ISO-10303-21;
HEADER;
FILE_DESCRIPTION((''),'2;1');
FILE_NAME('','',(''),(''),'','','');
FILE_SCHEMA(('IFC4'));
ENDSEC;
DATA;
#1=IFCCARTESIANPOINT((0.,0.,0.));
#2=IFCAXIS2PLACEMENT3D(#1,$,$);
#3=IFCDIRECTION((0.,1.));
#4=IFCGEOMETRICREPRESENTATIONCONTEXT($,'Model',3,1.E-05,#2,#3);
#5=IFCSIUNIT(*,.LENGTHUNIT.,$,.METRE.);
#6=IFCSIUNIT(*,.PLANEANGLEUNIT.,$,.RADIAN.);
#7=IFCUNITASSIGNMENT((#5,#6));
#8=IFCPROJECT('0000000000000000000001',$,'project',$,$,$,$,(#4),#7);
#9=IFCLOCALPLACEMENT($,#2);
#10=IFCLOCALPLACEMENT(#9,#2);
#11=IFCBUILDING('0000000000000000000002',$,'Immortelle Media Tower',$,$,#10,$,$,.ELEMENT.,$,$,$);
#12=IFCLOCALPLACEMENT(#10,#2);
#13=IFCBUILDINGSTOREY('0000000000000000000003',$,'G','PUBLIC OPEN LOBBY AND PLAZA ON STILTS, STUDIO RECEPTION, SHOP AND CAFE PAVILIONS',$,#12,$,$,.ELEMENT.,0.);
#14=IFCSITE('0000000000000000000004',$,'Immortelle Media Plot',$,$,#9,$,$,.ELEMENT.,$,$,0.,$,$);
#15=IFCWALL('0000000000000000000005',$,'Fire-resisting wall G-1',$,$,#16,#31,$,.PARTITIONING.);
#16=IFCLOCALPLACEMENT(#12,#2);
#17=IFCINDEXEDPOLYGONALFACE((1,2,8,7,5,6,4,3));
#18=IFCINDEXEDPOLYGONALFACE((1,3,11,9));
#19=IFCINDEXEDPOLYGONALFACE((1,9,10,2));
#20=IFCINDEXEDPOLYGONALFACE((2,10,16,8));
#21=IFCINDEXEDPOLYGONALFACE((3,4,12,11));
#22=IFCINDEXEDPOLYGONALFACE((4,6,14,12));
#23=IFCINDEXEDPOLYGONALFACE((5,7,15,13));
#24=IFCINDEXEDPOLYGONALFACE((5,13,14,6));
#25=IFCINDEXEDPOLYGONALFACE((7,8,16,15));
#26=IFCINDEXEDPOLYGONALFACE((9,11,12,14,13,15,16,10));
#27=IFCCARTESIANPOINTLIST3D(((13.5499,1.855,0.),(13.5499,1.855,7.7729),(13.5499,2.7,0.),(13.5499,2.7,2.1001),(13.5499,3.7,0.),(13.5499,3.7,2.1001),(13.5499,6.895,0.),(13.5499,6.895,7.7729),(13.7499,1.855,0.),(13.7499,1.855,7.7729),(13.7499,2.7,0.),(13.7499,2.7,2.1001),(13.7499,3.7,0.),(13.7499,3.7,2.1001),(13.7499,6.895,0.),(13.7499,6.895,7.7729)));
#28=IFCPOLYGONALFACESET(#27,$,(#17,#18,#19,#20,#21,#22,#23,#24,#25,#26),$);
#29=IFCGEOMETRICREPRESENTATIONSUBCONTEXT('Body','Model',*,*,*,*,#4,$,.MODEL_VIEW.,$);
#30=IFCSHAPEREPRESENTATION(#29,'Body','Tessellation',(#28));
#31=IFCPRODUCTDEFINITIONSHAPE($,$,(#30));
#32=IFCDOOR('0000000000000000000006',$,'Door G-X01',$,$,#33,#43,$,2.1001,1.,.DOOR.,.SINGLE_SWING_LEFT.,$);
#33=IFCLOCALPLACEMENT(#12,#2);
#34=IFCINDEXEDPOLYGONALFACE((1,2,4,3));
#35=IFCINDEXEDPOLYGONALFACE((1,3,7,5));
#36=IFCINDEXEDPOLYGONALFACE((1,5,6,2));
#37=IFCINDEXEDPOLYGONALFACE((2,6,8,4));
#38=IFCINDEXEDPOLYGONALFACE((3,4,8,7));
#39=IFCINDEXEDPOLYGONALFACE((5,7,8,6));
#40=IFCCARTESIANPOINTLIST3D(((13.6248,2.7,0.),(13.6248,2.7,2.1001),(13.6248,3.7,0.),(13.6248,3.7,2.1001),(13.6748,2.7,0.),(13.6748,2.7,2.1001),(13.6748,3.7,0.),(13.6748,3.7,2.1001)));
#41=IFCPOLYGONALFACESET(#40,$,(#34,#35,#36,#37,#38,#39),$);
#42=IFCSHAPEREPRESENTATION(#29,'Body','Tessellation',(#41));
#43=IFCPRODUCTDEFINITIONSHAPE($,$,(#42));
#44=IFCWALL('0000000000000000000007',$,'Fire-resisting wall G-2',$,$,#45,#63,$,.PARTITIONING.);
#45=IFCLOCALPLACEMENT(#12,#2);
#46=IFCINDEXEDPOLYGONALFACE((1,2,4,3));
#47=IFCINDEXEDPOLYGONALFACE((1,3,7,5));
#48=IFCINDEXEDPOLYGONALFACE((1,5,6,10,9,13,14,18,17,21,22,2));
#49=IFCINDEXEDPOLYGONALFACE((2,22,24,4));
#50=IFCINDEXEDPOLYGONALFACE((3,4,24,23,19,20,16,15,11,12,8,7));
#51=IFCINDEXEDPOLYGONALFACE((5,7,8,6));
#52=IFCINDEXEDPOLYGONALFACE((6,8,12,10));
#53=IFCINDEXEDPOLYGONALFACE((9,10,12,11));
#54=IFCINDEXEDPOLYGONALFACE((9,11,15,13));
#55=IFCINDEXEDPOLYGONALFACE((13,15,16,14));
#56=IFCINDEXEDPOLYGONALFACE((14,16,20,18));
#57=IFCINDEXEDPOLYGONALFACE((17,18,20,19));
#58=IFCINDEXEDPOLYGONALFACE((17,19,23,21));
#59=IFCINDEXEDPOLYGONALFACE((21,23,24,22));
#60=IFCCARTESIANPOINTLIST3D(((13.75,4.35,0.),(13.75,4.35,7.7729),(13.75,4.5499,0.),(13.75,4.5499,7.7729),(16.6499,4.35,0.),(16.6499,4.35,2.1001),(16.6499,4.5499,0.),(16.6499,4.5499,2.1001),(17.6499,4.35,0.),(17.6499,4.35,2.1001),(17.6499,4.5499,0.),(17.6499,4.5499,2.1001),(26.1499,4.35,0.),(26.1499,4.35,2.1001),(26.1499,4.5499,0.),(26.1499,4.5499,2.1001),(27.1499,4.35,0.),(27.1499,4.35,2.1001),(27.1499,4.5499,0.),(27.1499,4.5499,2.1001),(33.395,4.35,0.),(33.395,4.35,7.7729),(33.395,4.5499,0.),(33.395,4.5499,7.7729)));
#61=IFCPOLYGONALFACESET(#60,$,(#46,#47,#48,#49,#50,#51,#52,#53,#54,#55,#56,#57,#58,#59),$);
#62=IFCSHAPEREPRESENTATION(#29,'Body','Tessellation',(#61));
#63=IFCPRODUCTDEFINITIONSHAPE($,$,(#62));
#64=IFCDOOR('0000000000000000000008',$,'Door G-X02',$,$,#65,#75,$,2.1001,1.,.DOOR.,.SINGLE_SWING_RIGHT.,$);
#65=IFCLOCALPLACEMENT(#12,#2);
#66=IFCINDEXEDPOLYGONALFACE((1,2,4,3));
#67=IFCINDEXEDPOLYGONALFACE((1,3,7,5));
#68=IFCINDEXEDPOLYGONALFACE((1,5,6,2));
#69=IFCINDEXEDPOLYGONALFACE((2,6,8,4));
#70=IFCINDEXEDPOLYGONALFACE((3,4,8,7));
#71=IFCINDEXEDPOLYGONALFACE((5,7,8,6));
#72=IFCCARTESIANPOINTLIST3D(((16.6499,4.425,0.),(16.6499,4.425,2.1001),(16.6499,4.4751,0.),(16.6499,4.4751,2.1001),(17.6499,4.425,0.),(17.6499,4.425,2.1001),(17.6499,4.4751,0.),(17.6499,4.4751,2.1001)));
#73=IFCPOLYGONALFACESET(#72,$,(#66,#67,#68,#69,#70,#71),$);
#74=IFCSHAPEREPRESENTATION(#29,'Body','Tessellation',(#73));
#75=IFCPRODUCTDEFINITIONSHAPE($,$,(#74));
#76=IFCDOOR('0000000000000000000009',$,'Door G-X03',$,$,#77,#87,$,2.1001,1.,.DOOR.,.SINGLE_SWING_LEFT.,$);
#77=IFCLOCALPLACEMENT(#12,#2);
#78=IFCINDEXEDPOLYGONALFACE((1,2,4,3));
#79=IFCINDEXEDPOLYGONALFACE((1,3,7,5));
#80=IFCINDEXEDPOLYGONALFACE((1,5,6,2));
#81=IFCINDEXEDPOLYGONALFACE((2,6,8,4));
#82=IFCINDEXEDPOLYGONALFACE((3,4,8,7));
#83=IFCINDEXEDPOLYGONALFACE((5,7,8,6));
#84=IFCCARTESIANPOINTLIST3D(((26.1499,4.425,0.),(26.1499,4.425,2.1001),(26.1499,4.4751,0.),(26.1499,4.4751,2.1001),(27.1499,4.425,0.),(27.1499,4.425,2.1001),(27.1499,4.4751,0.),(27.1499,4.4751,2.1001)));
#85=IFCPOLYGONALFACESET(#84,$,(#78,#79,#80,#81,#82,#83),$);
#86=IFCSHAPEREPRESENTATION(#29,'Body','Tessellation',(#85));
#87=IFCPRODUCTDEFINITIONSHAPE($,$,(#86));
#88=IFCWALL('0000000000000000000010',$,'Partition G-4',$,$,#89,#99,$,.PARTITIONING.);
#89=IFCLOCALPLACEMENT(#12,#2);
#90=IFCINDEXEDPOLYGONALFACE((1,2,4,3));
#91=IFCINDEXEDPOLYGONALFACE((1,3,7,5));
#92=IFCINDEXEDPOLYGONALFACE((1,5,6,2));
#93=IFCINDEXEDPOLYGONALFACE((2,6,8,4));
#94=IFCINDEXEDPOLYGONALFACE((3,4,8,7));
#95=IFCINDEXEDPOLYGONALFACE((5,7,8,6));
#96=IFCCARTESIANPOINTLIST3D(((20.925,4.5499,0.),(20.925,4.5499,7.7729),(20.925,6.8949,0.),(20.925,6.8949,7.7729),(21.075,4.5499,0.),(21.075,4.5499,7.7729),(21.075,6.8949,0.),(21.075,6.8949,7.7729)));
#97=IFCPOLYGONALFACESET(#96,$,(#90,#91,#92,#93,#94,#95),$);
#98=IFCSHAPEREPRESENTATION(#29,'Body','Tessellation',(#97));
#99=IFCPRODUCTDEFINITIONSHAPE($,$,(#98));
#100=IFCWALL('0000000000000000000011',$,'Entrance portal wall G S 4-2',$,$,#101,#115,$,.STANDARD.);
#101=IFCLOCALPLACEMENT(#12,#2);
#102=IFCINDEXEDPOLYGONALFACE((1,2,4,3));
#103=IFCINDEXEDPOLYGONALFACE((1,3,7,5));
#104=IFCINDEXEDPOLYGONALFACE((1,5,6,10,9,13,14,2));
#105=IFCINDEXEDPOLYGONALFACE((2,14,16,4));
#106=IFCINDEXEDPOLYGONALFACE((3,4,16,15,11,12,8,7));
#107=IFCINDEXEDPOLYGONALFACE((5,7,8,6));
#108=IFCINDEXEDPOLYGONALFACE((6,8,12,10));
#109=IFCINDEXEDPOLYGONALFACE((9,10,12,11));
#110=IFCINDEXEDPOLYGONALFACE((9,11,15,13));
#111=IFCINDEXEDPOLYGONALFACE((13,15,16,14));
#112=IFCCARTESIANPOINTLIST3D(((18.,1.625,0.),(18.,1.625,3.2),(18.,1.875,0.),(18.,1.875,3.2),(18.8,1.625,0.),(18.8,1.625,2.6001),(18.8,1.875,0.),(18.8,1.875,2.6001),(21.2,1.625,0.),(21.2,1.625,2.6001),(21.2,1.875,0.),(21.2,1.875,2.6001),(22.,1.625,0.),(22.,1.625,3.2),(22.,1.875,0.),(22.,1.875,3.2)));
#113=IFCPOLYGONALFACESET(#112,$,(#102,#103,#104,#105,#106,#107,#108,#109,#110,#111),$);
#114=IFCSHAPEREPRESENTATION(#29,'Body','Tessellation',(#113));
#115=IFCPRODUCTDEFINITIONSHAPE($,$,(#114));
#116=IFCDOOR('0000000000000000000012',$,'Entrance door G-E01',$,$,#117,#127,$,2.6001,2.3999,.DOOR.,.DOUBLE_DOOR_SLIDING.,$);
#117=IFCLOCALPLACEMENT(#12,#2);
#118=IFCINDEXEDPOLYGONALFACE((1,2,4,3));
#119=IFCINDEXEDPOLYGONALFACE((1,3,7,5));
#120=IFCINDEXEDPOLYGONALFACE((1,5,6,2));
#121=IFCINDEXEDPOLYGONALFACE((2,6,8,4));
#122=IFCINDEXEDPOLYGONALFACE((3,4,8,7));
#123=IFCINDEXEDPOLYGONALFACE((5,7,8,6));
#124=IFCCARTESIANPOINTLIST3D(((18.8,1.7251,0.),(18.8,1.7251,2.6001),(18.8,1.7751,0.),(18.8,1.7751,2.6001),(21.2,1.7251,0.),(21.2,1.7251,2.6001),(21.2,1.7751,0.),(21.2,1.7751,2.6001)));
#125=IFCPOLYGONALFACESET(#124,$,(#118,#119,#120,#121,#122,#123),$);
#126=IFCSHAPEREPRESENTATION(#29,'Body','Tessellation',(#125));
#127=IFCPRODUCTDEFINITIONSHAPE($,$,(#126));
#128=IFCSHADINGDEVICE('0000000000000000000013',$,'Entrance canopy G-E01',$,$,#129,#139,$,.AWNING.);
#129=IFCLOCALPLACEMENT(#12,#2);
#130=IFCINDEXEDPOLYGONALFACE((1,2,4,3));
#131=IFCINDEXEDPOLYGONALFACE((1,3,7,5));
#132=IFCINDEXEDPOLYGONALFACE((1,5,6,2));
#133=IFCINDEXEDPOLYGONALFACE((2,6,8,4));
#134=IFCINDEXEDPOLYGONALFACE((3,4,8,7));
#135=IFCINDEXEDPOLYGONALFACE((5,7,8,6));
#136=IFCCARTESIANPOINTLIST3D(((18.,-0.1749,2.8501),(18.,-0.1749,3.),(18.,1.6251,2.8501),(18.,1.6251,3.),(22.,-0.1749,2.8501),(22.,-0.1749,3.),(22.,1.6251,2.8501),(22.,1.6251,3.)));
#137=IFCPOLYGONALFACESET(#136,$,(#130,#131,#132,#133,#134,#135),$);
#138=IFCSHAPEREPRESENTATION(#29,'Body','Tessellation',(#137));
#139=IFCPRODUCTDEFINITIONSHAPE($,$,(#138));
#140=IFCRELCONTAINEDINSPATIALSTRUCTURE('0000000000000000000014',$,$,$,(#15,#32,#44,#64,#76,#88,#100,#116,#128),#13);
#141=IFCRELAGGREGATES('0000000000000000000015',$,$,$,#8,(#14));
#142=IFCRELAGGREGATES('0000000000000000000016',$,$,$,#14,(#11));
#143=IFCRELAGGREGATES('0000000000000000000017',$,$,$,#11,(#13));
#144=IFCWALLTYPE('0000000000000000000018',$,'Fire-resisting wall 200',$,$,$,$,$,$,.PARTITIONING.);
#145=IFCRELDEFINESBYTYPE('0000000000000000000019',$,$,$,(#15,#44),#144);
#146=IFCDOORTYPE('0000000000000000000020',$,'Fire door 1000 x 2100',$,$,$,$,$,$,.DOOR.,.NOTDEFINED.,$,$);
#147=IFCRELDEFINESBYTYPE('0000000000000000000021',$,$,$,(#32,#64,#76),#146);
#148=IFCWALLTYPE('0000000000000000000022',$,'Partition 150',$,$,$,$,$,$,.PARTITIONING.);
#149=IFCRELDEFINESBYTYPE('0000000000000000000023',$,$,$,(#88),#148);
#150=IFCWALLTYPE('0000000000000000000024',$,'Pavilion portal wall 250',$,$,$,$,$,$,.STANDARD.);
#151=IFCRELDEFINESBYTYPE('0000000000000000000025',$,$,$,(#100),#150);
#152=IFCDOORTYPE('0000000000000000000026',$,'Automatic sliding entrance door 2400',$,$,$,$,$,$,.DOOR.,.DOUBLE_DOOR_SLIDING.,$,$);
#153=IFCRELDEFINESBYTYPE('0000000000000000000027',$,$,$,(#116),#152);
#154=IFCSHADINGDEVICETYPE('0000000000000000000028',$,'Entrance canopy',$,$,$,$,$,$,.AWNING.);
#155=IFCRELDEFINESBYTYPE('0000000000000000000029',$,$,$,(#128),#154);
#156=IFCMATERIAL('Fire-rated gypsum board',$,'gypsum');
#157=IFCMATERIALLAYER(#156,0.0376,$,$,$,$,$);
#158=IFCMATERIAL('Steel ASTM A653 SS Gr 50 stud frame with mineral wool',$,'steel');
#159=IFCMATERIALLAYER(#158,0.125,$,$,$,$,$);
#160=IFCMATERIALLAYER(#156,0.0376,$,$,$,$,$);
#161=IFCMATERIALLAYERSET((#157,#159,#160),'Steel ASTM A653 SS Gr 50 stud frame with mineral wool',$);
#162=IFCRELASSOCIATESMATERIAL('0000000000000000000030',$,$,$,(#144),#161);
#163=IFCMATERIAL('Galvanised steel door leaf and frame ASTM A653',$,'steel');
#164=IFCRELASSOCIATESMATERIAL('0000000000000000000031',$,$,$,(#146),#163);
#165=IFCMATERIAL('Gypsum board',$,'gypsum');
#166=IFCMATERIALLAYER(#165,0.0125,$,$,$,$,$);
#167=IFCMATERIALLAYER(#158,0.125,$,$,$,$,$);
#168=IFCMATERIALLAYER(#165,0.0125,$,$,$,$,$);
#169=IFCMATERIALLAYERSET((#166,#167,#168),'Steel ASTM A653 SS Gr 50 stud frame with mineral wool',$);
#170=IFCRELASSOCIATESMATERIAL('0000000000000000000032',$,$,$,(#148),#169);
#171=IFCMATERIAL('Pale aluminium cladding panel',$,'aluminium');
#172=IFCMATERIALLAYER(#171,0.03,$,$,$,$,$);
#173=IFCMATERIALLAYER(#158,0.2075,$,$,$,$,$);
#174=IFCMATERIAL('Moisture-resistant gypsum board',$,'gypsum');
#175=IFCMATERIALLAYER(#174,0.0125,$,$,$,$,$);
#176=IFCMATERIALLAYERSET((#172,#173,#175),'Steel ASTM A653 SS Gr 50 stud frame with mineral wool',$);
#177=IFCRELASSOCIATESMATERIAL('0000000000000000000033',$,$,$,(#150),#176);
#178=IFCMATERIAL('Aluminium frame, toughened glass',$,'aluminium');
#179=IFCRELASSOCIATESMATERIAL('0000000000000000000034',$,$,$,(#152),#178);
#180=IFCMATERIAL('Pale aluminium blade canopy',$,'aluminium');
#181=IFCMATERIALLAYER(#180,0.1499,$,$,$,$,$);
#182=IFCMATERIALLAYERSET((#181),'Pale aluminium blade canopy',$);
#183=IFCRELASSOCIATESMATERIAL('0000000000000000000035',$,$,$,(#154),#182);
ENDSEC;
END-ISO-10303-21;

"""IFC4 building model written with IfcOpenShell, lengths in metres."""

from ifc_helpers import new_model, si_unit, direction, frame, frame_2d, origin, origin_2d, place, context, subcontext, project, spatial, rectangle, extrude, material, layer, layer_set, type_object, element, fill, save


model = new_model("IFC4")

# Units and contexts
model_context = context("Model", 3, precision=1e-05, world=origin(), true_north=direction((0.0, 1.0)))
body_context = subcontext(model_context, "Body", "Model", "MODEL_VIEW")
ifc_project = project(units=[si_unit("LENGTHUNIT", "METRE"), si_unit("PLANEANGLEUNIT", "RADIAN")], contexts=[model_context])

# Site, building, storey
site_placement = place(None, origin())
site = spatial("IfcSite", under=ifc_project, at=site_placement, Name="Immortelle Media Plot", CompositionType="ELEMENT", RefElevation=0.0)
building_placement = place(site_placement, origin())
building = spatial("IfcBuilding", under=site, at=building_placement, Name="Immortelle Media Tower", CompositionType="ELEMENT")
storey_placement = place(building_placement, origin())
storey = spatial("IfcBuildingStorey", under=building, at=storey_placement, Name="G", Description="PUBLIC OPEN LOBBY AND PLAZA ON STILTS, STUDIO RECEPTION, SHOP AND CAFE PAVILIONS", CompositionType="ELEMENT", Elevation=0.0)

# Wall, opening, door
ifc_material_1 = material(Name="Fire-rated gypsum board", Category="gypsum")
ifc_layer_1 = layer(ifc_material_1, 0.0376)
ifc_material_2 = material(Name="Steel ASTM A653 SS Gr 50 stud frame with mineral wool", Category="steel")
ifc_layer_2 = layer(ifc_material_2, 0.125)
ifc_layer_3 = layer(ifc_material_1, 0.0376)
ifc_layer_set_1 = layer_set([ifc_layer_1, ifc_layer_2, ifc_layer_3], Name="Steel ASTM A653 SS Gr 50 stud frame with mineral wool")
wall_type_1 = type_object("IfcWallType", Name="Fire-resisting wall 200", PredefinedType="PARTITIONING", material=ifc_layer_set_1)
wall_1_placement = place(storey_placement, frame((13.6499, 1.855, 0.0), z_axis=(0.0, 0.0, 1.0), x_axis=(0.0, 1.0, 0.0)))
wall_1 = element("IfcWall", 1, at=wall_1_placement, inside=storey, type_object=wall_type_1, Name="Fire-resisting wall G-1", PredefinedType="PARTITIONING", context=body_context, shape_type="SweptSolid", body=[
    extrude(rectangle(XDim=5.04, YDim=0.2, at=frame_2d((2.52, 0.0))), origin(), (0.0, 0.0, 1.0), 7.7729),
])
opening_1_placement = place(wall_1_placement, frame((1.845, 0.0, 0.0), z_axis=(0.0, 0.0, 1.0), x_axis=(-1.0, 0.0, 0.0)))
opening_1 = element("IfcOpeningElement", 2, at=opening_1_placement, cuts=wall_1, PredefinedType="OPENING", context=body_context, shape_type="SweptSolid", body=[
    extrude(rectangle(XDim=1.0, YDim=2.1001, at=frame_2d((0.5, 1.05))), frame((0.0, 0.1099, 0.0), z_axis=(0.0, -1.0, 0.0), x_axis=(1.0, 0.0, 0.0)), (0.0, 0.0, 1.0), 0.22),
])
ifc_material_3 = material(Name="Galvanised steel door leaf and frame ASTM A653", Category="steel")
door_type_1 = type_object("IfcDoorType", Name="Fire door 1000 x 2100", OperationType="NOTDEFINED", PredefinedType="DOOR", material=ifc_material_3)
door_1_placement = place(opening_1_placement, origin())
door_1 = element("IfcDoor", 3, at=door_1_placement, inside=storey, type_object=door_type_1, Name="Door G-X01", OperationType="SINGLE_SWING_LEFT", OverallHeight=2.1001, OverallWidth=1.0, PredefinedType="DOOR", context=body_context, shape_type="SweptSolid", body=[
    extrude(rectangle(XDim=1.0, YDim=2.1001, at=frame_2d((0.5, 1.05))), frame((0.0, 0.0249, 0.0), z_axis=(0.0, -1.0, 0.0), x_axis=(1.0, 0.0, 0.0)), (0.0, 0.0, 1.0), 0.05),
])
fill(opening_1, door_1)

# Wall, openings, doors
wall_2_placement = place(storey_placement, frame((13.75, 4.45, 0.0), z_axis=(0.0, 0.0, 1.0), x_axis=(1.0, 0.0, 0.0)))
wall_2 = element("IfcWall", 4, at=wall_2_placement, inside=storey, type_object=wall_type_1, Name="Fire-resisting wall G-2", PredefinedType="PARTITIONING", context=body_context, shape_type="SweptSolid", body=[
    extrude(rectangle(XDim=19.645, YDim=0.2, at=frame_2d((9.8225, 0.0))), origin(), (0.0, 0.0, 1.0), 7.7729),
])
opening_2_placement = place(wall_2_placement, frame((3.8999, 0.0, 0.0), z_axis=(0.0, 0.0, 1.0), x_axis=(-1.0, 0.0, 0.0)))
opening_2 = element("IfcOpeningElement", 5, at=opening_2_placement, cuts=wall_2, PredefinedType="OPENING", context=body_context, shape_type="SweptSolid", body=[
    extrude(rectangle(XDim=1.0, YDim=2.1001, at=frame_2d((0.5, 1.05))), frame((0.0, 0.1099, 0.0), z_axis=(0.0, -1.0, 0.0), x_axis=(1.0, 0.0, 0.0)), (0.0, 0.0, 1.0), 0.22),
])
opening_3_placement = place(wall_2_placement, frame((13.3999, 0.0, 0.0), z_axis=(0.0, 0.0, 1.0), x_axis=(-1.0, 0.0, 0.0)))
opening_3 = element("IfcOpeningElement", 6, at=opening_3_placement, cuts=wall_2, PredefinedType="OPENING", context=body_context, shape_type="SweptSolid", body=[
    extrude(rectangle(XDim=1.0, YDim=2.1001, at=frame_2d((0.5, 1.05))), frame((0.0, 0.1099, 0.0), z_axis=(0.0, -1.0, 0.0), x_axis=(1.0, 0.0, 0.0)), (0.0, 0.0, 1.0), 0.22),
])
door_2_placement = place(opening_2_placement, origin())
door_2 = element("IfcDoor", 7, at=door_2_placement, inside=storey, type_object=door_type_1, Name="Door G-X02", OperationType="SINGLE_SWING_RIGHT", OverallHeight=2.1001, OverallWidth=1.0, PredefinedType="DOOR", context=body_context, shape_type="SweptSolid", body=[
    extrude(rectangle(XDim=1.0, YDim=2.1001, at=frame_2d((0.5, 1.05))), frame((0.0, 0.0249, 0.0), z_axis=(0.0, -1.0, 0.0), x_axis=(1.0, 0.0, 0.0)), (0.0, 0.0, 1.0), 0.05),
])
fill(opening_2, door_2)
door_3_placement = place(opening_3_placement, origin())
door_3 = element("IfcDoor", 8, at=door_3_placement, inside=storey, type_object=door_type_1, Name="Door G-X03", OperationType="SINGLE_SWING_LEFT", OverallHeight=2.1001, OverallWidth=1.0, PredefinedType="DOOR", context=body_context, shape_type="SweptSolid", body=[
    extrude(rectangle(XDim=1.0, YDim=2.1001, at=frame_2d((0.5, 1.05))), frame((0.0, 0.0249, 0.0), z_axis=(0.0, -1.0, 0.0), x_axis=(1.0, 0.0, 0.0)), (0.0, 0.0, 1.0), 0.05),
])
fill(opening_3, door_3)

# Wall
ifc_material_4 = material(Name="Gypsum board", Category="gypsum")
ifc_layer_4 = layer(ifc_material_4, 0.0125)
ifc_layer_5 = layer(ifc_material_2, 0.125)
ifc_layer_6 = layer(ifc_material_4, 0.0125)
ifc_layer_set_2 = layer_set([ifc_layer_4, ifc_layer_5, ifc_layer_6], Name="Steel ASTM A653 SS Gr 50 stud frame with mineral wool")
wall_type_2 = type_object("IfcWallType", Name="Partition 150", PredefinedType="PARTITIONING", material=ifc_layer_set_2)
wall_3_placement = place(storey_placement, frame((21.0, 4.55, 0.0), z_axis=(0.0, 0.0, 1.0), x_axis=(0.0, 1.0, 0.0)))
element("IfcWall", 9, at=wall_3_placement, inside=storey, type_object=wall_type_2, Name="Partition G-4", PredefinedType="PARTITIONING", context=body_context, shape_type="SweptSolid", body=[
    extrude(rectangle(XDim=2.345, YDim=0.1499, at=frame_2d((1.1724, 0.0))), origin(), (0.0, 0.0, 1.0), 7.7729),
])

# Wall, opening, door
ifc_material_5 = material(Name="Pale aluminium cladding panel", Category="aluminium")
ifc_layer_7 = layer(ifc_material_5, 0.03)
ifc_layer_8 = layer(ifc_material_2, 0.2075)
ifc_material_6 = material(Name="Moisture-resistant gypsum board", Category="gypsum")
ifc_layer_9 = layer(ifc_material_6, 0.0125)
ifc_layer_set_3 = layer_set([ifc_layer_7, ifc_layer_8, ifc_layer_9], Name="Steel ASTM A653 SS Gr 50 stud frame with mineral wool")
wall_type_3 = type_object("IfcWallType", Name="Pavilion portal wall 250", PredefinedType="STANDARD", material=ifc_layer_set_3)
wall_4_placement = place(storey_placement, frame((18.0, 1.75, 0.0), z_axis=(0.0, 0.0, 1.0), x_axis=(1.0, 0.0, 0.0)))
wall_4 = element("IfcWall", 10, at=wall_4_placement, inside=storey, type_object=wall_type_3, Name="Entrance portal wall G S 4-2", PredefinedType="STANDARD", context=body_context, shape_type="SweptSolid", body=[
    extrude(rectangle(XDim=4.0, YDim=0.25, at=frame_2d((2.0, 0.0))), origin(), (0.0, 0.0, 1.0), 3.2),
])
opening_4_placement = place(wall_4_placement, frame((3.2, 0.0, 0.0), z_axis=(0.0, 0.0, 1.0), x_axis=(-1.0, 0.0, 0.0)))
opening_4 = element("IfcOpeningElement", 11, at=opening_4_placement, cuts=wall_4, PredefinedType="OPENING", context=body_context, shape_type="SweptSolid", body=[
    extrude(rectangle(XDim=2.3999, YDim=2.6001, at=frame_2d((1.2, 1.3))), frame((0.0, 0.135, 0.0), z_axis=(0.0, -1.0, 0.0), x_axis=(1.0, 0.0, 0.0)), (0.0, 0.0, 1.0), 0.27),
])
ifc_material_7 = material(Name="Aluminium frame, toughened glass", Category="aluminium")
door_type_2 = type_object("IfcDoorType", Name="Automatic sliding entrance door 2400", OperationType="DOUBLE_DOOR_SLIDING", PredefinedType="DOOR", material=ifc_material_7)
door_4_placement = place(opening_4_placement, origin())
door_4 = element("IfcDoor", 12, at=door_4_placement, inside=storey, type_object=door_type_2, Name="Entrance door G-E01", OperationType="DOUBLE_DOOR_SLIDING", OverallHeight=2.6001, OverallWidth=2.3999, PredefinedType="DOOR", context=body_context, shape_type="SweptSolid", body=[
    extrude(rectangle(XDim=2.3999, YDim=2.6001, at=frame_2d((1.2, 1.3))), frame((0.0, 0.0249, 0.0), z_axis=(0.0, -1.0, 0.0), x_axis=(1.0, 0.0, 0.0)), (0.0, 0.0, 1.0), 0.05),
])
fill(opening_4, door_4)

# Shading device
ifc_material_8 = material(Name="Pale aluminium blade canopy", Category="aluminium")
ifc_layer_10 = layer(ifc_material_8, 0.1499)
ifc_layer_set_4 = layer_set([ifc_layer_10], Name="Pale aluminium blade canopy")
shading_device_type = type_object("IfcShadingDeviceType", Name="Entrance canopy", PredefinedType="AWNING", material=ifc_layer_set_4)
shading_device_placement = place(storey_placement, frame((20.0, 0.7251, 2.8501), z_axis=(0.0, 0.0, 1.0), x_axis=(1.0, 0.0, 0.0)))
element("IfcShadingDevice", 13, at=shading_device_placement, inside=storey, type_object=shading_device_type, Name="Entrance canopy G-E01", PredefinedType="AWNING", context=body_context, shape_type="SweptSolid", body=[
    extrude(rectangle(XDim=4.0, YDim=1.8, at=origin_2d()), origin(), (0.0, 0.0, 1.0), 0.1499),
])

save(model, "model.ifc")
